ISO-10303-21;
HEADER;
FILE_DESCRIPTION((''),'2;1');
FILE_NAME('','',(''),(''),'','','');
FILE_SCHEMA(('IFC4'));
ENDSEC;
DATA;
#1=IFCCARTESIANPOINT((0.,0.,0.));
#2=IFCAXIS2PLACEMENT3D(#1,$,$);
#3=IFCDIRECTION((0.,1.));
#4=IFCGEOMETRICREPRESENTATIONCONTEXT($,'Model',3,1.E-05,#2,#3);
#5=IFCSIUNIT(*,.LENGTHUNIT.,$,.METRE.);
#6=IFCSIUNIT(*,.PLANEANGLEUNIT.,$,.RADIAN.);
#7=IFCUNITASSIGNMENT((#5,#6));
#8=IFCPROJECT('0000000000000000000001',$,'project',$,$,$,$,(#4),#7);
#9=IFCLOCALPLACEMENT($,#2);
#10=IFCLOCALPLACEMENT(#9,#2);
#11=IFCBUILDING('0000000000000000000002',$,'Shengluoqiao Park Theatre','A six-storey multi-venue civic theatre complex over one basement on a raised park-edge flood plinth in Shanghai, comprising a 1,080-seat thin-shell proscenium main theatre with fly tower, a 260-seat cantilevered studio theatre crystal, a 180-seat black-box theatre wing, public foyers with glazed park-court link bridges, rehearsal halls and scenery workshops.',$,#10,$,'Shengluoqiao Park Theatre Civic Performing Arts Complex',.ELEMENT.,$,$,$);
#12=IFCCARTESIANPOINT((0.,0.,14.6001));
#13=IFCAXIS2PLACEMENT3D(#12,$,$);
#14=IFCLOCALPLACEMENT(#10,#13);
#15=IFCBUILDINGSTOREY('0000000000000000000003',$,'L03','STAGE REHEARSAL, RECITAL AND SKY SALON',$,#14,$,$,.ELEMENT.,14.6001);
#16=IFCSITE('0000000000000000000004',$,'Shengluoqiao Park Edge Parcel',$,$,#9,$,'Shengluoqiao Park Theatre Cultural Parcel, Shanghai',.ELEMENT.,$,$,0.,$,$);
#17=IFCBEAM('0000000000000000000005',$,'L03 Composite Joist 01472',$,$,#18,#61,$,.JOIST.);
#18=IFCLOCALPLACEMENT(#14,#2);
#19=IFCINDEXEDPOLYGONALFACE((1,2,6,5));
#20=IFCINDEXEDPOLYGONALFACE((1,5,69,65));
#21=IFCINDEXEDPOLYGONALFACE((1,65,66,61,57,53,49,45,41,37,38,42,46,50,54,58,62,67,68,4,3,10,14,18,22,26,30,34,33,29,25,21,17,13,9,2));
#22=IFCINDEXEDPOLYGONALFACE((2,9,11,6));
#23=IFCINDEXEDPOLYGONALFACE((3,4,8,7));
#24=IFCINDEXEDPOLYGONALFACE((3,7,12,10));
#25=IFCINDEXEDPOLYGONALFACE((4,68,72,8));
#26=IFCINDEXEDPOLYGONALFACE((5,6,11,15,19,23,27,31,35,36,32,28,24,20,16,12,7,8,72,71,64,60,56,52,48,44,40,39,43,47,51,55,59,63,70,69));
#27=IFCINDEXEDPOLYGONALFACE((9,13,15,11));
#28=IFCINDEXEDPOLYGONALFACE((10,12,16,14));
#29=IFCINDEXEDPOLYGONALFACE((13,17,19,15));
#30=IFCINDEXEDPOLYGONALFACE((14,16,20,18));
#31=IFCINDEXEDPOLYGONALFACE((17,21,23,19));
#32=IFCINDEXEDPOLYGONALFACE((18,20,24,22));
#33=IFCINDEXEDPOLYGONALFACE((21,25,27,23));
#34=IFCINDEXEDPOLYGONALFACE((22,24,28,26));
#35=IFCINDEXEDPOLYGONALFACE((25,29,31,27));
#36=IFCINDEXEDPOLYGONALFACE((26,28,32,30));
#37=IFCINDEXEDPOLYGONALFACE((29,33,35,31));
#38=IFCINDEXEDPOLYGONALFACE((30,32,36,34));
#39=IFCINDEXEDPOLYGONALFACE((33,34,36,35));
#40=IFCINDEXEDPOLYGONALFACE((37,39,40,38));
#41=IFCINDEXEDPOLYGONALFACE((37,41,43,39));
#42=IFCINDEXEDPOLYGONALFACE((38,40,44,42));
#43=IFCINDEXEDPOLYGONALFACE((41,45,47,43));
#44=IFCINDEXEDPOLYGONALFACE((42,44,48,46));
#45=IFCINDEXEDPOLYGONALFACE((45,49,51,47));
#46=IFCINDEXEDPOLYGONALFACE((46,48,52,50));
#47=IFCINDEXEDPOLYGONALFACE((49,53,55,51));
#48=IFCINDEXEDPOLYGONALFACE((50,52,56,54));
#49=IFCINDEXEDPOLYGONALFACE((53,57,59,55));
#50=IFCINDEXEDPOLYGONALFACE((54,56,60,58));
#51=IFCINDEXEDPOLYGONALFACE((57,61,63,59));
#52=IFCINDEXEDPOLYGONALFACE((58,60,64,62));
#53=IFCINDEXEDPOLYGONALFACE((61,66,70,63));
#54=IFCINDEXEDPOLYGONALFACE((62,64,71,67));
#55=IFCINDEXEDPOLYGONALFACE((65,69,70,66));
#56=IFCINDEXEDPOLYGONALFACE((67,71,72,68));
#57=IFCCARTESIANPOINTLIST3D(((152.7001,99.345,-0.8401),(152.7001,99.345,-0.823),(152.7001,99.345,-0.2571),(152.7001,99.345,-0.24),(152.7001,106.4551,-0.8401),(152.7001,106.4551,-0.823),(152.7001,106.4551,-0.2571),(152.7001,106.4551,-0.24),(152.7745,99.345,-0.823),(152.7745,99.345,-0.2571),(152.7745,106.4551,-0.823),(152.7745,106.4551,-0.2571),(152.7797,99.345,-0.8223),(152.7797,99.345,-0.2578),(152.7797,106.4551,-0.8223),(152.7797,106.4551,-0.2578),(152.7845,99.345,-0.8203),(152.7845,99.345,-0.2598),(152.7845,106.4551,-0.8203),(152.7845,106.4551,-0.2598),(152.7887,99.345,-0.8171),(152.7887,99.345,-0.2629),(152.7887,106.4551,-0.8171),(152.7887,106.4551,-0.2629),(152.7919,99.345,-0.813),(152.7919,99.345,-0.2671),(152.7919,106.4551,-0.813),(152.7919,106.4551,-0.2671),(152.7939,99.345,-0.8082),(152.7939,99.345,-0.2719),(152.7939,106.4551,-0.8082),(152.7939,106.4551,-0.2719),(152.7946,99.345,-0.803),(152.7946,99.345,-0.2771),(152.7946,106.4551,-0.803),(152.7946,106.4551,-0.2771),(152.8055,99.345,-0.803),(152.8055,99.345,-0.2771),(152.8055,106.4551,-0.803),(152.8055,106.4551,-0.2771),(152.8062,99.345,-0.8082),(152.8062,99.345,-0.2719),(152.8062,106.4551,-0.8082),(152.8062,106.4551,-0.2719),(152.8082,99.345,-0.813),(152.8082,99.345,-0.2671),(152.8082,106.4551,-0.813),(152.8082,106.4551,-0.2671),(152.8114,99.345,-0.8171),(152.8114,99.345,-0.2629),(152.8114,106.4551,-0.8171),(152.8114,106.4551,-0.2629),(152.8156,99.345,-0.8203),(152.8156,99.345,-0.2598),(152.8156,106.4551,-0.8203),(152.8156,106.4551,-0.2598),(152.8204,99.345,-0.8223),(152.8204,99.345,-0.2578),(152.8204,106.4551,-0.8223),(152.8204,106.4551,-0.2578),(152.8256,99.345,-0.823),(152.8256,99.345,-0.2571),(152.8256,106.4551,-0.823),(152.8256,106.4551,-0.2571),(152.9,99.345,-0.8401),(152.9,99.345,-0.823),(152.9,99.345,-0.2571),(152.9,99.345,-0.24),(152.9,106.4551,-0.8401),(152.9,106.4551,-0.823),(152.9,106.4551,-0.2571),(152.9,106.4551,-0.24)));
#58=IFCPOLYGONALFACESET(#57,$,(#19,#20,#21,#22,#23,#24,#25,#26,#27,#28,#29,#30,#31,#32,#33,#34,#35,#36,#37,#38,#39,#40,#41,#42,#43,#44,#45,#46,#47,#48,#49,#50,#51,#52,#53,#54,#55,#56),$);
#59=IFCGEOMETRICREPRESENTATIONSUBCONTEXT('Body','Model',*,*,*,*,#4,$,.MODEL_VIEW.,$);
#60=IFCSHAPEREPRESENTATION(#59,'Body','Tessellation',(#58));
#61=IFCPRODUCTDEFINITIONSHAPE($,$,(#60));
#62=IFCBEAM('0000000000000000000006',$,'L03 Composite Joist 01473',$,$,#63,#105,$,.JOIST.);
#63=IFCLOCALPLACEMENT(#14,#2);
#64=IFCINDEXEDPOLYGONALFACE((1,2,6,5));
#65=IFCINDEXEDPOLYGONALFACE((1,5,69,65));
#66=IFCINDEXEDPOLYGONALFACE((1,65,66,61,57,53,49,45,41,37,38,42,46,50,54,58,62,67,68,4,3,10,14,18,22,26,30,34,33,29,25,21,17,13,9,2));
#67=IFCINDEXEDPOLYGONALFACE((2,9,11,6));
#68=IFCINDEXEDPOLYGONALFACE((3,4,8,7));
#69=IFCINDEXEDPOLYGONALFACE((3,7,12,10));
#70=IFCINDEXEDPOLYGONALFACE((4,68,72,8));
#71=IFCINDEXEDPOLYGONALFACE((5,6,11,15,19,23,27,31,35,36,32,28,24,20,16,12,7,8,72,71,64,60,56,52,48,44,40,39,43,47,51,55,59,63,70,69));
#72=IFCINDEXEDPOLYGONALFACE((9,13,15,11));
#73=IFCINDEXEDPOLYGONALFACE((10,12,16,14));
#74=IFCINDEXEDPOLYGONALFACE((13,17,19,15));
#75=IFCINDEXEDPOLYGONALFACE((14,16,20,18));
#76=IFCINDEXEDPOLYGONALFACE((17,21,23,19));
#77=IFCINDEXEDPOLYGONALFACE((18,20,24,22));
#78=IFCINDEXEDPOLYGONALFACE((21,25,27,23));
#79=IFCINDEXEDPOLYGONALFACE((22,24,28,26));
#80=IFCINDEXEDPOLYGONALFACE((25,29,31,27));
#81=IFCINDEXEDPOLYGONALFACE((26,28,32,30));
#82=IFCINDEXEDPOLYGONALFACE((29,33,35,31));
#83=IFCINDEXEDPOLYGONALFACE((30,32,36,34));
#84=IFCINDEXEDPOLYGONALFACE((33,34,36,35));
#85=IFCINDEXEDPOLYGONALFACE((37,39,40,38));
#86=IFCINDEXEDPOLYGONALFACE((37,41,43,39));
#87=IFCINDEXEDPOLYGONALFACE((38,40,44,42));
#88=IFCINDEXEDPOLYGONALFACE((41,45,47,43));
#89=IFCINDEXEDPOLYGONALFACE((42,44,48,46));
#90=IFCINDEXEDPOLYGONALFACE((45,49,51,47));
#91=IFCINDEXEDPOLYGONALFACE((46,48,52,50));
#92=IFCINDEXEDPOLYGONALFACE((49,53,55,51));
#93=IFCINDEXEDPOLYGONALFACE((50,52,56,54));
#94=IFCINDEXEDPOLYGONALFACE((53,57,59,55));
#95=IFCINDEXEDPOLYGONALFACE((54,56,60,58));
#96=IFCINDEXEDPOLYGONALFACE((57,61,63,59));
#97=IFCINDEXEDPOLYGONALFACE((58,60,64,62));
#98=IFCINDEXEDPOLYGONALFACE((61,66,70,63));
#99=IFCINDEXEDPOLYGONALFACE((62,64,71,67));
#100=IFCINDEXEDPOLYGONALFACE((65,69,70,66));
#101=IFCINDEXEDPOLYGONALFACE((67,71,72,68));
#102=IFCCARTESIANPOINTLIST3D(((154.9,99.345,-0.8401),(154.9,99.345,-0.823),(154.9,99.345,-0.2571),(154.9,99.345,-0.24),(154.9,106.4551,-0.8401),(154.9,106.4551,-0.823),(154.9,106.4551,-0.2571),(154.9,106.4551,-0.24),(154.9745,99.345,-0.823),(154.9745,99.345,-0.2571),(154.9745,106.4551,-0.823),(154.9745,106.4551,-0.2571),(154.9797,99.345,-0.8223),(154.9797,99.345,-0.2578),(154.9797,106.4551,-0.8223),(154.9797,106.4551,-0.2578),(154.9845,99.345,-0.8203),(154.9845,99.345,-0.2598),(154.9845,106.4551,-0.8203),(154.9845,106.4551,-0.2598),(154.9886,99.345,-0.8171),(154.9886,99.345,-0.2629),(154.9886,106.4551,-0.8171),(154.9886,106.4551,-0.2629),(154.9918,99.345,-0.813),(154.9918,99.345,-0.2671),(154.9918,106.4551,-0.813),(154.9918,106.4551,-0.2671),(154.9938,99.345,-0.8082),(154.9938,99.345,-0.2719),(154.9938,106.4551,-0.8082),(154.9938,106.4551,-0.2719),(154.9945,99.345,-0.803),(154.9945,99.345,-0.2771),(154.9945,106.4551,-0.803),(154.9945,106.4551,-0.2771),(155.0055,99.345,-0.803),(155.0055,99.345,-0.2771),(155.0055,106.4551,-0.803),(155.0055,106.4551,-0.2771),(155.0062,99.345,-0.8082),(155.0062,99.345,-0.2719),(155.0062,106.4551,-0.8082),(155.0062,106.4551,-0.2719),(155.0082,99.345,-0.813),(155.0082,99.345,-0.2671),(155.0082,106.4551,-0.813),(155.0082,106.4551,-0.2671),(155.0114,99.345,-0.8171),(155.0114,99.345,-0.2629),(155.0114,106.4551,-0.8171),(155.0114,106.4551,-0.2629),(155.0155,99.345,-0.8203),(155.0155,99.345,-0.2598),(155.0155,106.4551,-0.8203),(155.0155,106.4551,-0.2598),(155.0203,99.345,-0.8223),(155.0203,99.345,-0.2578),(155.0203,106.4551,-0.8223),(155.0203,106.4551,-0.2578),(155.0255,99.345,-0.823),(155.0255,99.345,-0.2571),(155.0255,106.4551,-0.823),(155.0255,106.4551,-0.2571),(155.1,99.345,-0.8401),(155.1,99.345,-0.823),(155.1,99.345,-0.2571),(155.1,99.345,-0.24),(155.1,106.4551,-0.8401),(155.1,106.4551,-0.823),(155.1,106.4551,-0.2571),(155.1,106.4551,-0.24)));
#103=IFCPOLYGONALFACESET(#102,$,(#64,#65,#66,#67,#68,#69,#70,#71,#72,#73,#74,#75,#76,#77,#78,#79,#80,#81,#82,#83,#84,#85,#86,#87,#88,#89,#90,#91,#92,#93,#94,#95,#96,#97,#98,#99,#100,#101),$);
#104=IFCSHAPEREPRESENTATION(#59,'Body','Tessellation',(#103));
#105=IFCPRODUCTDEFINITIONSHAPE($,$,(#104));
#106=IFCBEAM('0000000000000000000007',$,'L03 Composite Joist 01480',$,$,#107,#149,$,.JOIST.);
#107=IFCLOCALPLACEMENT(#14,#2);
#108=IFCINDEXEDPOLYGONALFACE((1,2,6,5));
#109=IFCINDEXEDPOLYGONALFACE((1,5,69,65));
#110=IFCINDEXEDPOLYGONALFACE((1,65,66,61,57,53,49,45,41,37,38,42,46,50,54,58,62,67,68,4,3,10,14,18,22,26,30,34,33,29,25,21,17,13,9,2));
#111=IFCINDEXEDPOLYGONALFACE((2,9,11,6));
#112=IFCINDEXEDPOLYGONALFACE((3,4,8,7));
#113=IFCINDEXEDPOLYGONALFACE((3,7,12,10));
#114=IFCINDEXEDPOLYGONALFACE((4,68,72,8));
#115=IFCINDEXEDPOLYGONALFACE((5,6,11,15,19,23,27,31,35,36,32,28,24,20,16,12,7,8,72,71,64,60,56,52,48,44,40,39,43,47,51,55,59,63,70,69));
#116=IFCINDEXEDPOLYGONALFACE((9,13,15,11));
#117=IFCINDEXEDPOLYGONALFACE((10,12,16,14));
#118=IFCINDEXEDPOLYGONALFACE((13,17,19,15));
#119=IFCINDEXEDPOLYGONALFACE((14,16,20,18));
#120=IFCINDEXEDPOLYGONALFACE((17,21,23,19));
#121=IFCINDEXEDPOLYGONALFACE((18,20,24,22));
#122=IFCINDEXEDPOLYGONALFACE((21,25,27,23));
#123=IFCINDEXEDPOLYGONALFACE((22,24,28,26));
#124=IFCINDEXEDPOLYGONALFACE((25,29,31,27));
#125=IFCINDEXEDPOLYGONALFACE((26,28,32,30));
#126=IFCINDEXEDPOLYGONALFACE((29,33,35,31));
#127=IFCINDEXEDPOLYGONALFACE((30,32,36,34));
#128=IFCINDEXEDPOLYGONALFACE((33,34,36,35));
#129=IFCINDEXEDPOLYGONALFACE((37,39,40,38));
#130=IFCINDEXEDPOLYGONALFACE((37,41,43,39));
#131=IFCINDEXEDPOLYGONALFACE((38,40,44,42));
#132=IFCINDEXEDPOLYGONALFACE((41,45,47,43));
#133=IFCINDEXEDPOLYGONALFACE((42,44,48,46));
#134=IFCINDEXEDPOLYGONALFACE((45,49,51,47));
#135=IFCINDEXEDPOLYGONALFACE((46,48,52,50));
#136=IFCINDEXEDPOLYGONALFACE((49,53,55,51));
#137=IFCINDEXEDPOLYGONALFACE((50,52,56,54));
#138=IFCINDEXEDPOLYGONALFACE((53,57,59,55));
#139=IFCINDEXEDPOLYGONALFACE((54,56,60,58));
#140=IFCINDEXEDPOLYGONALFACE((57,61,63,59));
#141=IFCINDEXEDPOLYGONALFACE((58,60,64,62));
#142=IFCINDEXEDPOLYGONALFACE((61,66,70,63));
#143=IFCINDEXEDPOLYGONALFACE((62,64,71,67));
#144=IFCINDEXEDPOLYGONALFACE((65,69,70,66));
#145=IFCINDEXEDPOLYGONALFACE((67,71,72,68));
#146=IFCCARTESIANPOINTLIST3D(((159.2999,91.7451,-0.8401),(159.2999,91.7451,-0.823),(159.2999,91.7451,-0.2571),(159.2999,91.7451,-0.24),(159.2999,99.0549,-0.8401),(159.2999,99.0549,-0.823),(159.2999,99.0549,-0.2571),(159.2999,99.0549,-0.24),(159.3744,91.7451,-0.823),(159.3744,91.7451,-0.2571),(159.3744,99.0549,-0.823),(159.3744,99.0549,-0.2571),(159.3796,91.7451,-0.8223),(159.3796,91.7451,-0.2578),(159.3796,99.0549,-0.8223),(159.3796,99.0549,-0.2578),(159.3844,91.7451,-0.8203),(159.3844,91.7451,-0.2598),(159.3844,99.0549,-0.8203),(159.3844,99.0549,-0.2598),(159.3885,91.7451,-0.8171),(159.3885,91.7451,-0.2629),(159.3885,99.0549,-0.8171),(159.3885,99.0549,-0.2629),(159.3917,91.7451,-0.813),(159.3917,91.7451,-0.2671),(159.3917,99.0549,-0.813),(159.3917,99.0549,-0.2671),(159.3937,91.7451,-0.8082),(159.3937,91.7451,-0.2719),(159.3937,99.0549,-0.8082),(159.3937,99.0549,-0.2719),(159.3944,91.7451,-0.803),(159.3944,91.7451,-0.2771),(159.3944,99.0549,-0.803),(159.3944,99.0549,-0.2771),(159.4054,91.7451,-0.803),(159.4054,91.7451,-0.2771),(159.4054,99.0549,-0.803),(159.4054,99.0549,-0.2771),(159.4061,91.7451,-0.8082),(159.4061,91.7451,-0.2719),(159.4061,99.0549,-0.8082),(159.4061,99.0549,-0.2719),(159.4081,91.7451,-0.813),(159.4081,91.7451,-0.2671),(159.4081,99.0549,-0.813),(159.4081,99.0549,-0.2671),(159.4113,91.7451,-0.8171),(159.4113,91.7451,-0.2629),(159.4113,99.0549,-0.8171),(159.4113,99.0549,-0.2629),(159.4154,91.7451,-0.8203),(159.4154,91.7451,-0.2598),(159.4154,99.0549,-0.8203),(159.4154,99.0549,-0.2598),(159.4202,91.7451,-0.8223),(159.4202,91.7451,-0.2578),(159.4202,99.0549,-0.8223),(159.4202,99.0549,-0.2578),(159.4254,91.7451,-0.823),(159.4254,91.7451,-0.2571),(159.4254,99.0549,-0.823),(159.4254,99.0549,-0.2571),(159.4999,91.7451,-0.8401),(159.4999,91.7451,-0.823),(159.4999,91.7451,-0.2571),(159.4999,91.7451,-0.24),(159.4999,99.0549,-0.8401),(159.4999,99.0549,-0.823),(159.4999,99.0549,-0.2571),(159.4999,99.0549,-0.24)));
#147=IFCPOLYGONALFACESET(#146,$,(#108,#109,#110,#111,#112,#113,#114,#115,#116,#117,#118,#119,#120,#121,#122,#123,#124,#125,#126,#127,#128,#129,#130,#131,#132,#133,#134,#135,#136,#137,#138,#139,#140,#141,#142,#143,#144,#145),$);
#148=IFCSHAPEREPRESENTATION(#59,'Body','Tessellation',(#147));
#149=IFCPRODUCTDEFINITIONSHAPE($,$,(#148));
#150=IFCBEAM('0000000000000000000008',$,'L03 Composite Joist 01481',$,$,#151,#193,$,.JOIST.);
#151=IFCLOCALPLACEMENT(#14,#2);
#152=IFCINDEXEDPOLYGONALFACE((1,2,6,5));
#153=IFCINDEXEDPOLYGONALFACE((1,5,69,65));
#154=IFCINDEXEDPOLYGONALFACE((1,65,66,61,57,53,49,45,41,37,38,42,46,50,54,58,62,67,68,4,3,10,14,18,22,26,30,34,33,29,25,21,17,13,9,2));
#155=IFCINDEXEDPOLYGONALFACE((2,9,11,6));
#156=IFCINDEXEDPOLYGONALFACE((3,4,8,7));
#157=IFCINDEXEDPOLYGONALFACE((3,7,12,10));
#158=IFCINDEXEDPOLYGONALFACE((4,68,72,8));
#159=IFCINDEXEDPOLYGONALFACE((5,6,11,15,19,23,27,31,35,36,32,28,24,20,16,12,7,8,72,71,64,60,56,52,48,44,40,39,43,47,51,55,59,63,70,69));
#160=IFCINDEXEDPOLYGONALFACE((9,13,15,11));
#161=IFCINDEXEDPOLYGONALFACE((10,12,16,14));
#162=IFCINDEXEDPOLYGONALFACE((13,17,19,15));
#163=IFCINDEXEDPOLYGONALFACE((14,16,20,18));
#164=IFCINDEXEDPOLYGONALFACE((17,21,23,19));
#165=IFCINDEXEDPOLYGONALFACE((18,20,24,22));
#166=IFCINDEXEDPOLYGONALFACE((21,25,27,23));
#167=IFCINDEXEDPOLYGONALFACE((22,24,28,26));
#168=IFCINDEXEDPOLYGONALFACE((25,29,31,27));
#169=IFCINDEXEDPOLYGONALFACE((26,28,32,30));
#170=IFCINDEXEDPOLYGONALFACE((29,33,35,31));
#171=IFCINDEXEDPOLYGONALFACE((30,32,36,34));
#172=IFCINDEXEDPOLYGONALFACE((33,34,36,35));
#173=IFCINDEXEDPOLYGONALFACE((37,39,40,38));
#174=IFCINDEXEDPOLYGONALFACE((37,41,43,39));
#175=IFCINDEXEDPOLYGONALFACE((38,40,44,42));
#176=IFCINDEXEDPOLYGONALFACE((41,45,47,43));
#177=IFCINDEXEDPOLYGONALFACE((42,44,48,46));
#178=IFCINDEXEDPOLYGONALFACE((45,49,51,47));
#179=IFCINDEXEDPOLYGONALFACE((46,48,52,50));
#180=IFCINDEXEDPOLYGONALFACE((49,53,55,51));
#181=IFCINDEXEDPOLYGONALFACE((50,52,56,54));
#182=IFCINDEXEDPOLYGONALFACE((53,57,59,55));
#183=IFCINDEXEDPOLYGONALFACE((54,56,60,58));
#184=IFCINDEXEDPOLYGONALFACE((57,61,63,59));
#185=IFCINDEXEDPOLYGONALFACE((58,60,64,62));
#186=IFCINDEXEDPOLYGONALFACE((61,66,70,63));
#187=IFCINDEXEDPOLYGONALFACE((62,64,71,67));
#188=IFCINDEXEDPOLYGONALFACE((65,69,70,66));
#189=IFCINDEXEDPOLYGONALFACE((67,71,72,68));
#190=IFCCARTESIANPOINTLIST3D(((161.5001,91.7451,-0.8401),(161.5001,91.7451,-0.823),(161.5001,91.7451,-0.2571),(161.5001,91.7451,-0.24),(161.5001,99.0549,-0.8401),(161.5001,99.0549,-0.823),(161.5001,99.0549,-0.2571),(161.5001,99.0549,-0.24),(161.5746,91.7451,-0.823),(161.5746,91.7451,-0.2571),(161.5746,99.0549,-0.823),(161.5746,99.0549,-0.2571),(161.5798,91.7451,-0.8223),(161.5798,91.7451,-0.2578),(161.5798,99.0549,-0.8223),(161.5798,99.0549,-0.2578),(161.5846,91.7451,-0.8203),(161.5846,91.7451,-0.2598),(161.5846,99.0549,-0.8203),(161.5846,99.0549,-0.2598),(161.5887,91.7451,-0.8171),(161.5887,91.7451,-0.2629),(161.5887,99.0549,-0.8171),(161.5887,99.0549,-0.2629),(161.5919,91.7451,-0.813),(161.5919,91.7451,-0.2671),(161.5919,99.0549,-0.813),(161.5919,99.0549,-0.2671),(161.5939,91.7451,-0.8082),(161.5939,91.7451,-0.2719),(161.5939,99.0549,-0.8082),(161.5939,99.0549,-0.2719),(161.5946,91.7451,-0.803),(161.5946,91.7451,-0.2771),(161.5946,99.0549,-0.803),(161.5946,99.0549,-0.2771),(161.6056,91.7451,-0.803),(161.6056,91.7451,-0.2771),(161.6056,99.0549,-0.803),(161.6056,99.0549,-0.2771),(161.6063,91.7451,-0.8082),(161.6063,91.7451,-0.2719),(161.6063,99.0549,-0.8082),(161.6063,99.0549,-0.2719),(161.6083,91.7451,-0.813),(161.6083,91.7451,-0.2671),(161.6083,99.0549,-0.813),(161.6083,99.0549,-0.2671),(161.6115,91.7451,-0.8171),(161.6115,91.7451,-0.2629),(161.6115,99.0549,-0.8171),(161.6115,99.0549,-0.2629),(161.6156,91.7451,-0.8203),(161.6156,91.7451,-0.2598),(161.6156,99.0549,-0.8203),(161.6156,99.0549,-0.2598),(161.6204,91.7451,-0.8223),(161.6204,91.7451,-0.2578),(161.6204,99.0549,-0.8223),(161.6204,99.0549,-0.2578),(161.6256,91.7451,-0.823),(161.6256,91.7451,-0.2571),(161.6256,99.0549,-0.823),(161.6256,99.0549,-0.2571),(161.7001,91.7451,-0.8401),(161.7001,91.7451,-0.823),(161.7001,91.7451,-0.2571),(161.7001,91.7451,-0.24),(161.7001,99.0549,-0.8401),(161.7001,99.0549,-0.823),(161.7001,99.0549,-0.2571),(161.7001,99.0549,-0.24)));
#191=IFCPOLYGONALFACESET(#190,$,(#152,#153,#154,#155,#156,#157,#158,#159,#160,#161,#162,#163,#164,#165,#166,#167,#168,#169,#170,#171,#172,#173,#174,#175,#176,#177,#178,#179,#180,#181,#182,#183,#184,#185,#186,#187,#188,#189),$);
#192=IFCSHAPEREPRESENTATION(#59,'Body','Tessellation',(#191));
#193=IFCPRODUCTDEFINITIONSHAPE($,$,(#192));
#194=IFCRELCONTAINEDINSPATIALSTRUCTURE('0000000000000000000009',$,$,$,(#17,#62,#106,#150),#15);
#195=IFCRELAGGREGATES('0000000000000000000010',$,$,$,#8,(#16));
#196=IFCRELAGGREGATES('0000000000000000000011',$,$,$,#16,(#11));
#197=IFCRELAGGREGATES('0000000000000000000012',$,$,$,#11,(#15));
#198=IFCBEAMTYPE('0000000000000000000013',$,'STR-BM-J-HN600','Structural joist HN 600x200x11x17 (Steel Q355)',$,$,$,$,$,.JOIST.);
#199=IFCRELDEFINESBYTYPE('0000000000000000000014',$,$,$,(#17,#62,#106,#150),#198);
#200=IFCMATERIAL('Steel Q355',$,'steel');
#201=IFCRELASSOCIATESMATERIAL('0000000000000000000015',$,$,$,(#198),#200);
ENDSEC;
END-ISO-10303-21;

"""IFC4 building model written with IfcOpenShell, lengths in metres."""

from ifc_helpers import new_model, si_unit, direction, frame, origin, origin_2d, place, context, subcontext, project, spatial, i_section, extrude, material, material_profile, profile_set, type_object, element, save


model = new_model("IFC4")

# Units and contexts
model_context = context("Model", 3, precision=1e-05, world=origin(), true_north=direction((0.0, 1.0)))
body_context = subcontext(model_context, "Body", "Model", "MODEL_VIEW")
ifc_project = project(units=[si_unit("LENGTHUNIT", "METRE"), si_unit("PLANEANGLEUNIT", "RADIAN")], contexts=[model_context])

# Site, building, storey
site_placement = place(None, origin())
site = spatial("IfcSite", under=ifc_project, at=site_placement, Name="Shengluoqiao Park Edge Parcel", LongName="Shengluoqiao Park Theatre Cultural Parcel, Shanghai", CompositionType="ELEMENT", RefElevation=0.0)
building_placement = place(site_placement, origin())
building = spatial("IfcBuilding", under=site, at=building_placement, Name="Shengluoqiao Park Theatre", Description="A six-storey multi-venue civic theatre complex over one basement on a raised park-edge flood plinth in Shanghai, comprising a 1,080-seat thin-shell proscenium main theatre with fly tower, a 260-seat cantilevered studio theatre crystal, a 180-seat black-box theatre wing, public foyers with glazed park-court link bridges, rehearsal halls and scenery workshops.", LongName="Shengluoqiao Park Theatre Civic Performing Arts Complex", CompositionType="ELEMENT")
storey_placement = place(building_placement, frame((0.0, 0.0, 14.6001)))
storey = spatial("IfcBuildingStorey", under=building, at=storey_placement, Name="L03", Description="STAGE REHEARSAL, RECITAL AND SKY SALON", CompositionType="ELEMENT", Elevation=14.6001)

# Beams
ifc_material_1 = material(Name="Steel Q355", Category="steel")
ifc_material_profile_1 = material_profile(ifc_material_1, i_section(OverallWidth=0.2, OverallDepth=0.6001, WebThickness=0.011, FlangeThickness=0.0171, FilletRadius=0.02, at=origin_2d()), Name="HN 600x200x11x17")
ifc_profile_set_1 = profile_set([ifc_material_profile_1], Name="Steel Q355")
beam_type_1 = type_object("IfcBeamType", Name="STR-BM-J-HN600", Description="Structural joist HN 600x200x11x17 (Steel Q355)", PredefinedType="JOIST", material=ifc_profile_set_1)
for number, where, z_axis, x_axis, name in (
    (1, (152.8, 99.345, -0.54), (0.0, 1.0, 0.0), (-1.0, 0.0, 0.0), "L03 Composite Joist 01472"),
    (2, (155.0, 99.345, -0.54), (0.0, 1.0, 0.0), (-1.0, 0.0, 0.0), "L03 Composite Joist 01473"),
):
    element("IfcBeam", number, at=place(storey_placement, frame(where, z_axis=z_axis, x_axis=x_axis)), inside=storey, type_object=beam_type_1, Name=name, PredefinedType="JOIST", context=body_context, shape_type="SweptSolid", body=[
        extrude(i_section(OverallWidth=0.2, OverallDepth=0.6001, WebThickness=0.011, FlangeThickness=0.0171, FilletRadius=0.02, at=origin_2d()), origin(), (0.0, 0.0, 1.0), 7.1101),
    ])
for number, where, z_axis, x_axis, name in (
    (3, (159.3999, 91.7451, -0.54), (0.0, 1.0, 0.0), (-1.0, 0.0, 0.0), "L03 Composite Joist 01480"),
    (4, (161.6001, 91.7451, -0.54), (0.0, 1.0, 0.0), (-1.0, 0.0, 0.0), "L03 Composite Joist 01481"),
):
    element("IfcBeam", number, at=place(storey_placement, frame(where, z_axis=z_axis, x_axis=x_axis)), inside=storey, type_object=beam_type_1, Name=name, PredefinedType="JOIST", context=body_context, shape_type="SweptSolid", body=[
        extrude(i_section(OverallWidth=0.2, OverallDepth=0.6001, WebThickness=0.011, FlangeThickness=0.0171, FilletRadius=0.02, at=origin_2d()), origin(), (0.0, 0.0, 1.0), 7.3098),
    ])

save(model, "model.ifc")
